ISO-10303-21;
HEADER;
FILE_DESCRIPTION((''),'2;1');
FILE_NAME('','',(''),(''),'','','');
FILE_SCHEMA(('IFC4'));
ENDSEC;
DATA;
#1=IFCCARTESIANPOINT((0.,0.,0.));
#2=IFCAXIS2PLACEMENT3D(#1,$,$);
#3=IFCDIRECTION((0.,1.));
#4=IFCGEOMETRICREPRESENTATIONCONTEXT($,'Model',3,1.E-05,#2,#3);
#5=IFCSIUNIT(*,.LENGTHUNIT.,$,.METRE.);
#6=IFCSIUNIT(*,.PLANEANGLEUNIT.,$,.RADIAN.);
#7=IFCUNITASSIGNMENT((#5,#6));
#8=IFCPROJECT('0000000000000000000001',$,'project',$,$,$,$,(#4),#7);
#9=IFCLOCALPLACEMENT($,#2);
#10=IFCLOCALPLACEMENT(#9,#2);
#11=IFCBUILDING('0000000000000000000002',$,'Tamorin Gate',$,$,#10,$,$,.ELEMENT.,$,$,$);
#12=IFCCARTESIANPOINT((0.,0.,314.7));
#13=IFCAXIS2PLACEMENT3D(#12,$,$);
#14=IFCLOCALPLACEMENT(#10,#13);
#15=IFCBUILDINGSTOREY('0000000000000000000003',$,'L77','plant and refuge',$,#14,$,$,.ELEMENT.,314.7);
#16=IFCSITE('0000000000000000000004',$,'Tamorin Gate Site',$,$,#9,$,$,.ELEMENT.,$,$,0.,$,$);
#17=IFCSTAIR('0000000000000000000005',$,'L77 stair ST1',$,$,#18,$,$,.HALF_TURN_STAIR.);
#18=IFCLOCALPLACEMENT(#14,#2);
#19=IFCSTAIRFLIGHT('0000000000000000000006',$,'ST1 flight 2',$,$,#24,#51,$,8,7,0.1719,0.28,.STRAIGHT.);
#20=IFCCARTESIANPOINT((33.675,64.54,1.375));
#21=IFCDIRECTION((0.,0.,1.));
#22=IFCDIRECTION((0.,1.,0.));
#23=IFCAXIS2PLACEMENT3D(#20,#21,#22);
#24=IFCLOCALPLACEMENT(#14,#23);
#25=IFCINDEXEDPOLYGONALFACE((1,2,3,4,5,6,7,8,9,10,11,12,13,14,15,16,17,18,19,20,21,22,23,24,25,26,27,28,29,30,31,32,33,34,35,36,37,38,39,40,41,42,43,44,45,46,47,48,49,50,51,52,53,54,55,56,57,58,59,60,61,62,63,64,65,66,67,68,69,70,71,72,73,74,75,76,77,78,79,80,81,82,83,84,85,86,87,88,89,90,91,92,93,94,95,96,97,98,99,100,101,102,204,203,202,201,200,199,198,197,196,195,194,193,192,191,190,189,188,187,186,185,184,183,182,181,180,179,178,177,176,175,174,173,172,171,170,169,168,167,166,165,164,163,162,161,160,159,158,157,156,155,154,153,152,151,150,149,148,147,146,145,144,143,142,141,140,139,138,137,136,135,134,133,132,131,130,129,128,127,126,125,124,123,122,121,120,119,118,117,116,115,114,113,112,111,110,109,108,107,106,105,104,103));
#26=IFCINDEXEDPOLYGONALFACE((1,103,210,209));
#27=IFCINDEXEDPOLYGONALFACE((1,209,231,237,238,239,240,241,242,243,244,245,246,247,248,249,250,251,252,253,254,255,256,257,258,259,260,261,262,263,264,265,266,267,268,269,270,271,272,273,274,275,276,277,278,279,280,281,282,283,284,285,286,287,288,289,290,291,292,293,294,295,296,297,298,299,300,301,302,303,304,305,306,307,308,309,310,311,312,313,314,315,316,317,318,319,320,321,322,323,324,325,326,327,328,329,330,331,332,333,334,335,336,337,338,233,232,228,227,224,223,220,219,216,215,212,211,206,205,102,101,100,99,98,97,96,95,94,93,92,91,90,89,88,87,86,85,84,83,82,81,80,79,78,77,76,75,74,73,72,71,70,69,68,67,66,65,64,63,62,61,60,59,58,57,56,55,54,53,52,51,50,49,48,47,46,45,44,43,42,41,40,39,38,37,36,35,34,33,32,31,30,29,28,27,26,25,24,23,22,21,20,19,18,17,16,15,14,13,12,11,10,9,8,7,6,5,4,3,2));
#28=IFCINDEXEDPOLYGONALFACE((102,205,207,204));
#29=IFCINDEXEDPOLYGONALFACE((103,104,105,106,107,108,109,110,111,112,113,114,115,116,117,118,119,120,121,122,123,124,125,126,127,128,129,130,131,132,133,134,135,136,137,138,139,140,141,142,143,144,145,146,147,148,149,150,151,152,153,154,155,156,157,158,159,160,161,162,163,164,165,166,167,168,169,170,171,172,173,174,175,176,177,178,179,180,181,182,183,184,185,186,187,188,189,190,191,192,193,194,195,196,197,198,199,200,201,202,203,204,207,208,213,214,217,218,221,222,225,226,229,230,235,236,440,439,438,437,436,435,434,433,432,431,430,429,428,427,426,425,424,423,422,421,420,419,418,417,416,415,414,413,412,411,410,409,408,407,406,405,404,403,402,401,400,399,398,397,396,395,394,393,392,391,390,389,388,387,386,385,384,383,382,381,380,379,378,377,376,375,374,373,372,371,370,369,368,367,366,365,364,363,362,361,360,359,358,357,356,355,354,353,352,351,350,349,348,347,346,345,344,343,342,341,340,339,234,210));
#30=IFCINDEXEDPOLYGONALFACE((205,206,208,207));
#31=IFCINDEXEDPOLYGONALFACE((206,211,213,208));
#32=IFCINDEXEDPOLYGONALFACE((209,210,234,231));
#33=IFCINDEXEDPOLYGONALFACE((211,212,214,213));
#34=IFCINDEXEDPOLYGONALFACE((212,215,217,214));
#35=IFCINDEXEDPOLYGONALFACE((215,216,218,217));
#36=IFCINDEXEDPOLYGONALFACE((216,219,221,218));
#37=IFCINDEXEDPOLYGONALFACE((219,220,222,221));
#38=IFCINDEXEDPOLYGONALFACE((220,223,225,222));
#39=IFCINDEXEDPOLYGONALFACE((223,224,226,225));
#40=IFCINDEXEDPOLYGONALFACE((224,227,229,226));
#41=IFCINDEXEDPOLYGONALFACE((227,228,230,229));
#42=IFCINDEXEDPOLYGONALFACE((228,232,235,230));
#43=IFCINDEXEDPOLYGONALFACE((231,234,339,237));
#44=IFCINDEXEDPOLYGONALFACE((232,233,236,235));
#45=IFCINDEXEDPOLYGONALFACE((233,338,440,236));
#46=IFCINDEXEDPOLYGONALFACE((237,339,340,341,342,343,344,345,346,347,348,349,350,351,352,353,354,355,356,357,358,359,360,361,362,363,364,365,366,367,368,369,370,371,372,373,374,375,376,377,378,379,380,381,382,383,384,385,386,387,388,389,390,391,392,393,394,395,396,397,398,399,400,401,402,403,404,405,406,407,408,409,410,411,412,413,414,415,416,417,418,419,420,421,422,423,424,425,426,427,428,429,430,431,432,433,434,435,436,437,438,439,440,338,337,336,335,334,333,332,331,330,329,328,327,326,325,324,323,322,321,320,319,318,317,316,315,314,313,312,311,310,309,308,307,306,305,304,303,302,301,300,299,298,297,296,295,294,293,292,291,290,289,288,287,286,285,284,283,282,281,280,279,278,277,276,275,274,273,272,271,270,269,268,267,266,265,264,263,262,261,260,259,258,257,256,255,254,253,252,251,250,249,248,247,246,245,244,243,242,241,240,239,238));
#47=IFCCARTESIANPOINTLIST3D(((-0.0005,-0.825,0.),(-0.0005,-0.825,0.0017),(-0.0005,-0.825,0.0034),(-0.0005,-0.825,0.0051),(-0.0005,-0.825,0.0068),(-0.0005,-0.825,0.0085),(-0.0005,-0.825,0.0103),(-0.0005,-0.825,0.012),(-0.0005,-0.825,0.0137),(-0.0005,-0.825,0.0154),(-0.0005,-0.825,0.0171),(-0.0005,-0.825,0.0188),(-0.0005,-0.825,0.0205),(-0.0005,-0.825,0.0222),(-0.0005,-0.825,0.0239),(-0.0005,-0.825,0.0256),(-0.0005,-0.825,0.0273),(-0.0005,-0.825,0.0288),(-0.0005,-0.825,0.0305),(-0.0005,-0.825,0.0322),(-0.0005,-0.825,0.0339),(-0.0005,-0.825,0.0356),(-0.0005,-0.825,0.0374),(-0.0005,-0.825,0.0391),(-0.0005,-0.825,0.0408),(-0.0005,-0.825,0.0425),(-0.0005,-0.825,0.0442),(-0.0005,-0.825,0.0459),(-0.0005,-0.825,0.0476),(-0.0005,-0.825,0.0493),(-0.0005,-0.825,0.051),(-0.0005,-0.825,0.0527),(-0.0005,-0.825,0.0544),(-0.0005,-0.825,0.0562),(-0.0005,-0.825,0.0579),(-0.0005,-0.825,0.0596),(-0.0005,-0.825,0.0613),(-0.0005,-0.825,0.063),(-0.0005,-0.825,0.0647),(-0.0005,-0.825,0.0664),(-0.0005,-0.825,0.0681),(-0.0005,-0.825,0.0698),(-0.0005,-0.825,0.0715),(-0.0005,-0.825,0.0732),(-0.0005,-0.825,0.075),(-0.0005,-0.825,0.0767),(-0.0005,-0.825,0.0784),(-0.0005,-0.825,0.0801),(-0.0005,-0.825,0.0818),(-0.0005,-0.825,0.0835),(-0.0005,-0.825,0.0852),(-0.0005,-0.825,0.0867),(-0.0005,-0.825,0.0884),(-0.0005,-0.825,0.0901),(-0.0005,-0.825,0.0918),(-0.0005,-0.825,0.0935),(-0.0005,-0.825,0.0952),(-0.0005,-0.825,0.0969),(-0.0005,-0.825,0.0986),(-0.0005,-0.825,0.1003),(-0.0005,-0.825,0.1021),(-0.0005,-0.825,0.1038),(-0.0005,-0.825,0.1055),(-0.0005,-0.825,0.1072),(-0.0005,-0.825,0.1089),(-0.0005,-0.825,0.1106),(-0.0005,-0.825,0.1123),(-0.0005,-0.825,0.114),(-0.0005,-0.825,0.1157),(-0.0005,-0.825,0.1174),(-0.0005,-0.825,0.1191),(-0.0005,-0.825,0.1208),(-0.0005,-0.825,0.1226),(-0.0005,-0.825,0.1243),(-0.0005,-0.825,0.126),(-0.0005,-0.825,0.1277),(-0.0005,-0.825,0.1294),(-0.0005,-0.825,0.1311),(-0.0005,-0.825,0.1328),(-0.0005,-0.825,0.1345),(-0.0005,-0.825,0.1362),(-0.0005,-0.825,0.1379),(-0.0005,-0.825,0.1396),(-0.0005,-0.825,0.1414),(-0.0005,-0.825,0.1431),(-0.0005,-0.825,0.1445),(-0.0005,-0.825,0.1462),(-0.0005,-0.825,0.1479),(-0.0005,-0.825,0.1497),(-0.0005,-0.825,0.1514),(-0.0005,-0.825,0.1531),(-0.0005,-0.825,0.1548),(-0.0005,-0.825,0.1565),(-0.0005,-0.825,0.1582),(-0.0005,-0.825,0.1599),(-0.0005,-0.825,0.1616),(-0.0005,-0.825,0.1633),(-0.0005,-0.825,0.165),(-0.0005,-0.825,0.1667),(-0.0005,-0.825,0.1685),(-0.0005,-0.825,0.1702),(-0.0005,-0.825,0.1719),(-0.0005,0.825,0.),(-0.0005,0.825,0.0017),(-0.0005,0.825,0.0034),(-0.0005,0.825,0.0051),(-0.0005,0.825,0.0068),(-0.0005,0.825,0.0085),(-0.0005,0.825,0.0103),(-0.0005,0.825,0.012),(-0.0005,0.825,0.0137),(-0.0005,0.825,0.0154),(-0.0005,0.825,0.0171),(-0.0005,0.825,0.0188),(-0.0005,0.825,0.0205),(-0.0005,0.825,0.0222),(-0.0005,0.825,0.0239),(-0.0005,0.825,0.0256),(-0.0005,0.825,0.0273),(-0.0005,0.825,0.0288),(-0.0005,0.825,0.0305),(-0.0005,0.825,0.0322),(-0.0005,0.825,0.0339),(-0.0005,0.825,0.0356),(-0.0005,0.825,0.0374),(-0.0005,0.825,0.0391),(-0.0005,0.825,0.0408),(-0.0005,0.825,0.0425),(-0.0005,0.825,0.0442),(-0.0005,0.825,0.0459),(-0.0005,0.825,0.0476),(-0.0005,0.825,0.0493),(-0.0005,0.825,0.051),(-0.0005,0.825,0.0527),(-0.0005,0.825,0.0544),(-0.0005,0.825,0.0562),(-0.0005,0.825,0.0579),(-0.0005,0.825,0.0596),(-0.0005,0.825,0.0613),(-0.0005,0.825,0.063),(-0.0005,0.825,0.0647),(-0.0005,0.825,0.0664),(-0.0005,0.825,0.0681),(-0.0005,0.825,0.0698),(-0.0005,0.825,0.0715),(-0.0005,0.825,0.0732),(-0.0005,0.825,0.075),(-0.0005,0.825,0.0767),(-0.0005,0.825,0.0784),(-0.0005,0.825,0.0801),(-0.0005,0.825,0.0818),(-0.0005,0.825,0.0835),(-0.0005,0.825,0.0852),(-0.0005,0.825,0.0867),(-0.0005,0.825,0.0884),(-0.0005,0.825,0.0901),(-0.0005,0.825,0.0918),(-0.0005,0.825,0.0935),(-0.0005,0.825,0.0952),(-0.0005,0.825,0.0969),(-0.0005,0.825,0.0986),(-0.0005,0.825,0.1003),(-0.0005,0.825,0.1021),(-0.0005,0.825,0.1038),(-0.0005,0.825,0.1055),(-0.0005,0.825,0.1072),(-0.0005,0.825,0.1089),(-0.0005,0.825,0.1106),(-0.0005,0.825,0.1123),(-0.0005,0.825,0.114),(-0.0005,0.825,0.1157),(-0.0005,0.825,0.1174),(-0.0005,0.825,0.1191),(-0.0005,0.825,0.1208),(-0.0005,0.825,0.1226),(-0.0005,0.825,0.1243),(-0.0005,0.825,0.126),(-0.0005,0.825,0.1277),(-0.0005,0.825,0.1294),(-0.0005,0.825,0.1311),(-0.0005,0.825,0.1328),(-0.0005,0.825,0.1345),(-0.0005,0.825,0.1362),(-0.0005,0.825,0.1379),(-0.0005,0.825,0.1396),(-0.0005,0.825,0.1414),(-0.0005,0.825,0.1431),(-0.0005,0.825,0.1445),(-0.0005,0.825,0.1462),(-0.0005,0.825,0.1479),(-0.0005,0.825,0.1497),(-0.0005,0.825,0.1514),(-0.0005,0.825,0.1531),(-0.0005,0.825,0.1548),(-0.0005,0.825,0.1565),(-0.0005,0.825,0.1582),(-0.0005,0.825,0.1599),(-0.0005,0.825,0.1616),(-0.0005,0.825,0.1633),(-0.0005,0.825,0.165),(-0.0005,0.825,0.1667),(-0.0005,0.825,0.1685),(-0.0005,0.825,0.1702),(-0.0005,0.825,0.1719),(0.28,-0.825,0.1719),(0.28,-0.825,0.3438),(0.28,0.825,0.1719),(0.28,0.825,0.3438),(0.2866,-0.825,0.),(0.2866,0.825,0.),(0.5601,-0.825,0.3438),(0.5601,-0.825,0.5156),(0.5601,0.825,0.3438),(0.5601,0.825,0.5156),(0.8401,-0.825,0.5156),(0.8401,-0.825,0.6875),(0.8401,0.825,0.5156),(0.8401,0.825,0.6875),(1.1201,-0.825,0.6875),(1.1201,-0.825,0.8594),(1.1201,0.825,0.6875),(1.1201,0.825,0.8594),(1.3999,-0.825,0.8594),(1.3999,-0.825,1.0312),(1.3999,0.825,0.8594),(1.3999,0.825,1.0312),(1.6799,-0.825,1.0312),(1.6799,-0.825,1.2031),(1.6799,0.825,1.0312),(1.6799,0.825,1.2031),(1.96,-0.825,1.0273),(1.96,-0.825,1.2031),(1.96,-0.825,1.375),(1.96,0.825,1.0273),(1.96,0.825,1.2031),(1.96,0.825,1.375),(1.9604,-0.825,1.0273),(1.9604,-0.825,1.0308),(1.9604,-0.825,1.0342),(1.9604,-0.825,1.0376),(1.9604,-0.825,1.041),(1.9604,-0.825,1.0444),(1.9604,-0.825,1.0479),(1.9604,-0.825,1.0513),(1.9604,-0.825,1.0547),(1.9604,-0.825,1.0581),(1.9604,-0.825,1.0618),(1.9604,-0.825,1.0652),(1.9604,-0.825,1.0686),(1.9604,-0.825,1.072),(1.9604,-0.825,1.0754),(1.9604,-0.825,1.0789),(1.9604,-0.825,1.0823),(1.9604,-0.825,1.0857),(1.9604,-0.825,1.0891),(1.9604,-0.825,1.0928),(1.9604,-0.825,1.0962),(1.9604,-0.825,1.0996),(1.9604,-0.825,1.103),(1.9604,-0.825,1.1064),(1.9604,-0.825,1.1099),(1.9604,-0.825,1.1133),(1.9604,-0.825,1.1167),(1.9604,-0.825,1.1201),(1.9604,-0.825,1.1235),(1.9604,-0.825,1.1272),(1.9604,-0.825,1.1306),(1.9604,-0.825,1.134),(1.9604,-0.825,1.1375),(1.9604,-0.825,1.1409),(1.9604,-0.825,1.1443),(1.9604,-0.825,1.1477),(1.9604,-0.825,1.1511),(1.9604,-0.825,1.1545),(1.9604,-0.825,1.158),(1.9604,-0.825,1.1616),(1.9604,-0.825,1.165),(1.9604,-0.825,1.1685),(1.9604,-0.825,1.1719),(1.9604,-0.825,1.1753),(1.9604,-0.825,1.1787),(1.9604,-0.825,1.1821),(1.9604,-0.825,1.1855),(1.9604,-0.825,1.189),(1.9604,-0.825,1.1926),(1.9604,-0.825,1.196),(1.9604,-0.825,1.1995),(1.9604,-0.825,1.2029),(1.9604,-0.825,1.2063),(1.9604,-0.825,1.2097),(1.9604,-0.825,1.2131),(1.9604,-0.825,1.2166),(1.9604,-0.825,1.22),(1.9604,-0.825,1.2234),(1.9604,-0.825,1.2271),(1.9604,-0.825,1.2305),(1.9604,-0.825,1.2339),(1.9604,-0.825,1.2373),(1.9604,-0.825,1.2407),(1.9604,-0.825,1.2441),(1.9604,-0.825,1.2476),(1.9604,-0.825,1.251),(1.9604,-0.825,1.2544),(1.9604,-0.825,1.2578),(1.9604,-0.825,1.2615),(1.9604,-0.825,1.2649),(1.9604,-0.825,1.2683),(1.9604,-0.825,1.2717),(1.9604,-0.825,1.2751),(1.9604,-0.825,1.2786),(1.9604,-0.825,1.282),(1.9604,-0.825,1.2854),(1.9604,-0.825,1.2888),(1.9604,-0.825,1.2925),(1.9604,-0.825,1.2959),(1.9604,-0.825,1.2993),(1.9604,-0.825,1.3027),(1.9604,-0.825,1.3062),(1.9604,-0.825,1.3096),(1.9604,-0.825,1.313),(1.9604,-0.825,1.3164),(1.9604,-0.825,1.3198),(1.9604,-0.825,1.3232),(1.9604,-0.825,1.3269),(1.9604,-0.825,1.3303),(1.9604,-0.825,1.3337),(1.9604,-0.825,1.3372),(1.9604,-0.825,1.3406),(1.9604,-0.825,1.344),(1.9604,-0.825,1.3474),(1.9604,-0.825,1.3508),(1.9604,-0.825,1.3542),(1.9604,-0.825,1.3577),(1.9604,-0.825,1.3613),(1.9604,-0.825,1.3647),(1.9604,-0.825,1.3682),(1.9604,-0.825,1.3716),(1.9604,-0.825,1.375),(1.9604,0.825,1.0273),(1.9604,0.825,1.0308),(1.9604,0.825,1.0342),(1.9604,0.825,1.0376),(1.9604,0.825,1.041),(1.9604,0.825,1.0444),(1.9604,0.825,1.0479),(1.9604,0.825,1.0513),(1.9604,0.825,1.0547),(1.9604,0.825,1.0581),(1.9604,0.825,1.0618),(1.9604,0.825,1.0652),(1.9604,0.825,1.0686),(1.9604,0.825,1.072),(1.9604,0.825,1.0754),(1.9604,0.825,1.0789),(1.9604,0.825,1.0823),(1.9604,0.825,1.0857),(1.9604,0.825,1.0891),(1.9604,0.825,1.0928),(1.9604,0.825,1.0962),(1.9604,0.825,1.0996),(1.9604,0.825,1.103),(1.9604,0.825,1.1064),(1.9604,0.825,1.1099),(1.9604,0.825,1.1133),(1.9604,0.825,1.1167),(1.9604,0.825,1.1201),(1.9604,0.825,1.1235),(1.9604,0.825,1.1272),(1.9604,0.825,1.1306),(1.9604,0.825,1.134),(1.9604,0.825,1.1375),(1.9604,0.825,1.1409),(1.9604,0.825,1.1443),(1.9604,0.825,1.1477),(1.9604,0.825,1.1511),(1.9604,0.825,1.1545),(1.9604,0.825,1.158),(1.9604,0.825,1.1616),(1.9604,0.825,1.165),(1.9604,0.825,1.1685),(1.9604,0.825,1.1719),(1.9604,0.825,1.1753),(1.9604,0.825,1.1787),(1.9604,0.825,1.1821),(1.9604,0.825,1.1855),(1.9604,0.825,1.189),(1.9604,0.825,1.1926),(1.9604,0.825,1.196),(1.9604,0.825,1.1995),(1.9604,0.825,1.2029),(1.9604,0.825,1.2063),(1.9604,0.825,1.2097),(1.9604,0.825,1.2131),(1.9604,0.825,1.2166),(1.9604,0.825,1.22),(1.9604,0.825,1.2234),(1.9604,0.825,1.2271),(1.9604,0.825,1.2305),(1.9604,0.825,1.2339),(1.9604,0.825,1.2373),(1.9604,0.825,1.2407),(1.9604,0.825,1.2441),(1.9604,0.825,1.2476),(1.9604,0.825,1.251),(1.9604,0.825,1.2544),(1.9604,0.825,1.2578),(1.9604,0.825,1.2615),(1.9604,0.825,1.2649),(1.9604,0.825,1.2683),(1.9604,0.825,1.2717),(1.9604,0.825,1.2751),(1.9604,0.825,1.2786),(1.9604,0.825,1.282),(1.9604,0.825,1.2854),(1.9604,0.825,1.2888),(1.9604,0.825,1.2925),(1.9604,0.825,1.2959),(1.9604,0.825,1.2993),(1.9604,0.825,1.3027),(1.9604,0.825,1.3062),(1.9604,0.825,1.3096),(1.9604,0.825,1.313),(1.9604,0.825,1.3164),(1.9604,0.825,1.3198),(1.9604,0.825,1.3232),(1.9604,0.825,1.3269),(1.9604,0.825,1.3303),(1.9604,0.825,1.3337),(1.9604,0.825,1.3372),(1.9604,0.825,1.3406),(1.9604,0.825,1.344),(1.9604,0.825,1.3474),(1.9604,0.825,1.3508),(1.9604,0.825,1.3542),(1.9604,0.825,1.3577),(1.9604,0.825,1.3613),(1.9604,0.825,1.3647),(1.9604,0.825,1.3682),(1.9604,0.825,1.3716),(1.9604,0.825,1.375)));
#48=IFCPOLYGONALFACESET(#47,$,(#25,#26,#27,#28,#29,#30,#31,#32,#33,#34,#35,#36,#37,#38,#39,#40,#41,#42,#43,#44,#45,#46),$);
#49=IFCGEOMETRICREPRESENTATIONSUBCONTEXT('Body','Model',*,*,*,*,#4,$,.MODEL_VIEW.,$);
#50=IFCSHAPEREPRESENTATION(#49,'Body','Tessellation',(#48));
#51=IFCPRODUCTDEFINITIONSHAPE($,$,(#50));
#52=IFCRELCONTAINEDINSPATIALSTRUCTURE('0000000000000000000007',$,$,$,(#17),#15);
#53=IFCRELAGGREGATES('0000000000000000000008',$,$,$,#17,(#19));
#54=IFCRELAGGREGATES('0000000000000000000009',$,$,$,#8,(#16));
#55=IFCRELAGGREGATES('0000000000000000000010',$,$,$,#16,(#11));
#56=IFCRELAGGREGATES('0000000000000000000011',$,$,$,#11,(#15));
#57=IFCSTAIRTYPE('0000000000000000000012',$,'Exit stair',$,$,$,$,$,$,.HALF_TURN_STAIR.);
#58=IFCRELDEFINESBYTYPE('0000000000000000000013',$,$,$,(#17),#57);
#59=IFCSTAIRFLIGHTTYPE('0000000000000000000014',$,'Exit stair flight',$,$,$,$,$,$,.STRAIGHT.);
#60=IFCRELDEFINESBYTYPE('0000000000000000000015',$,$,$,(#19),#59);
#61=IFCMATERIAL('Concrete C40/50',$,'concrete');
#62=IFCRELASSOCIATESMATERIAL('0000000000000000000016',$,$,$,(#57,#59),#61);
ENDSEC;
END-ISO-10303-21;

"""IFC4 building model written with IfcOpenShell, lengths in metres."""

from ifc_helpers import new_model, si_unit, direction, frame, origin, place, context, subcontext, project, spatial, polyline, outline, extrude, material, type_object, element, aggregate, save


model = new_model("IFC4")

# Units and contexts
model_context = context("Model", 3, precision=1e-05, world=origin(), true_north=direction((0.0, 1.0)))
body_context = subcontext(model_context, "Body", "Model", "MODEL_VIEW")
ifc_project = project(units=[si_unit("LENGTHUNIT", "METRE"), si_unit("PLANEANGLEUNIT", "RADIAN")], contexts=[model_context])

# Site, building, storey
site_placement = place(None, origin())
site = spatial("IfcSite", under=ifc_project, at=site_placement, Name="Tamorin Gate Site", CompositionType="ELEMENT", RefElevation=0.0)
building_placement = place(site_placement, origin())
building = spatial("IfcBuilding", under=site, at=building_placement, Name="Tamorin Gate", CompositionType="ELEMENT")
storey_placement = place(building_placement, frame((0.0, 0.0, 314.7)))
storey = spatial("IfcBuildingStorey", under=building, at=storey_placement, Name="L77", Description="plant and refuge", CompositionType="ELEMENT", Elevation=314.7)

# Stair, stair flight
ifc_material_1 = material(Name="Concrete C40/50", Category="concrete")
stair_type = type_object("IfcStairType", Name="Exit stair", PredefinedType="HALF_TURN_STAIR", material=ifc_material_1)
stair_placement = place(storey_placement, origin())
stair = element("IfcStair", 1, at=stair_placement, inside=storey, type_object=stair_type, Name="L77 stair ST1", PredefinedType="HALF_TURN_STAIR")
stair_flight_type = type_object("IfcStairFlightType", Name="Exit stair flight", PredefinedType="STRAIGHT", material=ifc_material_1)
stair_flight_1_placement = place(storey_placement, frame((33.675, 64.54, 1.375), z_axis=(0.0, 0.0, 1.0), x_axis=(0.0, 1.0, 0.0)))
stair_flight_1 = element("IfcStairFlight", 2, at=stair_flight_1_placement, type_object=stair_flight_type, Name="ST1 flight 2", NumberOfRisers=8, NumberOfTreads=7, PredefinedType="STRAIGHT", RiserHeight=0.1719, TreadLength=0.28, context=body_context, shape_type="SweptSolid", body=[
    extrude(outline(polyline([(-0.0005, 0.0), (-0.0005, 0.0017), (-0.0005, 0.0034), (-0.0005, 0.0051), (-0.0005, 0.0068), (-0.0005, 0.0085), (-0.0005, 0.0103), (-0.0005, 0.012), (-0.0005, 0.0137), (-0.0005, 0.0154), (-0.0005, 0.0171), (-0.0005, 0.0188), (-0.0005, 0.0205), (-0.0005, 0.0222), (-0.0005, 0.0239), (-0.0005, 0.0256), (-0.0005, 0.0273), (-0.0005, 0.0288), (-0.0005, 0.0305), (-0.0005, 0.0322), (-0.0005, 0.0339), (-0.0005, 0.0356), (-0.0005, 0.0374), (-0.0005, 0.0391), (-0.0005, 0.0408), (-0.0005, 0.0425), (-0.0005, 0.0442), (-0.0005, 0.0459), (-0.0005, 0.0476), (-0.0005, 0.0493), (-0.0005, 0.051), (-0.0005, 0.0527), (-0.0005, 0.0544), (-0.0005, 0.0562), (-0.0005, 0.0579), (-0.0005, 0.0596), (-0.0005, 0.0613), (-0.0005, 0.063), (-0.0005, 0.0647), (-0.0005, 0.0664), (-0.0005, 0.0681), (-0.0005, 0.0698), (-0.0005, 0.0715), (-0.0005, 0.0732), (-0.0005, 0.075), (-0.0005, 0.0767), (-0.0005, 0.0784), (-0.0005, 0.0801), (-0.0005, 0.0818), (-0.0005, 0.0835), (-0.0005, 0.0852), (-0.0005, 0.0867), (-0.0005, 0.0884), (-0.0005, 0.0901), (-0.0005, 0.0918), (-0.0005, 0.0935), (-0.0005, 0.0952), (-0.0005, 0.0969), (-0.0005, 0.0986), (-0.0005, 0.1003), (-0.0005, 0.1021), (-0.0005, 0.1038), (-0.0005, 0.1055), (-0.0005, 0.1072), (-0.0005, 0.1089), (-0.0005, 0.1106), (-0.0005, 0.1123), (-0.0005, 0.114), (-0.0005, 0.1157), (-0.0005, 0.1174), (-0.0005, 0.1191), (-0.0005, 0.1208), (-0.0005, 0.1226), (-0.0005, 0.1243), (-0.0005, 0.126), (-0.0005, 0.1277), (-0.0005, 0.1294), (-0.0005, 0.1311), (-0.0005, 0.1328), (-0.0005, 0.1345), (-0.0005, 0.1362), (-0.0005, 0.1379), (-0.0005, 0.1396), (-0.0005, 0.1414), (-0.0005, 0.1431), (-0.0005, 0.1445), (-0.0005, 0.1462), (-0.0005, 0.1479), (-0.0005, 0.1497), (-0.0005, 0.1514), (-0.0005, 0.1531), (-0.0005, 0.1548), (-0.0005, 0.1565), (-0.0005, 0.1582), (-0.0005, 0.1599), (-0.0005, 0.1616), (-0.0005, 0.1633), (-0.0005, 0.165), (-0.0005, 0.1667), (-0.0005, 0.1685), (-0.0005, 0.1702), (-0.0005, 0.1719), (0.28, 0.1719), (0.28, 0.3438), (0.5601, 0.3438), (0.5601, 0.5156), (0.8401, 0.5156), (0.8401, 0.6875), (1.1201, 0.6875), (1.1201, 0.8594), (1.3999, 0.8594), (1.3999, 1.0312), (1.6799, 1.0312), (1.6799, 1.2031), (1.96, 1.2031), (1.96, 1.375), (1.9604, 1.375), (1.9604, 1.3716), (1.9604, 1.3682), (1.9604, 1.3647), (1.9604, 1.3613), (1.9604, 1.3577), (1.9604, 1.3542), (1.9604, 1.3508), (1.9604, 1.3474), (1.9604, 1.344), (1.9604, 1.3406), (1.9604, 1.3372), (1.9604, 1.3337), (1.9604, 1.3303), (1.9604, 1.3269), (1.9604, 1.3232), (1.9604, 1.3198), (1.9604, 1.3164), (1.9604, 1.313), (1.9604, 1.3096), (1.9604, 1.3062), (1.9604, 1.3027), (1.9604, 1.2993), (1.9604, 1.2959), (1.9604, 1.2925), (1.9604, 1.2888), (1.9604, 1.2854), (1.9604, 1.282), (1.9604, 1.2786), (1.9604, 1.2751), (1.9604, 1.2717), (1.9604, 1.2683), (1.9604, 1.2649), (1.9604, 1.2615), (1.9604, 1.2578), (1.9604, 1.2544), (1.9604, 1.251), (1.9604, 1.2476), (1.9604, 1.2441), (1.9604, 1.2407), (1.9604, 1.2373), (1.9604, 1.2339), (1.9604, 1.2305), (1.9604, 1.2271), (1.9604, 1.2234), (1.9604, 1.22), (1.9604, 1.2166), (1.9604, 1.2131), (1.9604, 1.2097), (1.9604, 1.2063), (1.9604, 1.2029), (1.9604, 1.1995), (1.9604, 1.196), (1.9604, 1.1926), (1.9604, 1.189), (1.9604, 1.1855), (1.9604, 1.1821), (1.9604, 1.1787), (1.9604, 1.1753), (1.9604, 1.1719), (1.9604, 1.1685), (1.9604, 1.165), (1.9604, 1.1616), (1.9604, 1.158), (1.9604, 1.1545), (1.9604, 1.1511), (1.9604, 1.1477), (1.9604, 1.1443), (1.9604, 1.1409), (1.9604, 1.1375), (1.9604, 1.134), (1.9604, 1.1306), (1.9604, 1.1272), (1.9604, 1.1235), (1.9604, 1.1201), (1.9604, 1.1167), (1.9604, 1.1133), (1.9604, 1.1099), (1.9604, 1.1064), (1.9604, 1.103), (1.9604, 1.0996), (1.9604, 1.0962), (1.9604, 1.0928), (1.9604, 1.0891), (1.9604, 1.0857), (1.9604, 1.0823), (1.9604, 1.0789), (1.9604, 1.0754), (1.9604, 1.072), (1.9604, 1.0686), (1.9604, 1.0652), (1.9604, 1.0618), (1.9604, 1.0581), (1.9604, 1.0547), (1.9604, 1.0513), (1.9604, 1.0479), (1.9604, 1.0444), (1.9604, 1.041), (1.9604, 1.0376), (1.9604, 1.0342), (1.9604, 1.0308), (1.9604, 1.0273), (1.96, 1.0273), (0.2866, 0.0), (-0.0005, 0.0)])), frame((0.0, 0.825, 0.0), z_axis=(0.0, -1.0, 0.0), x_axis=(1.0, 0.0, 0.0)), (0.0, 0.0, 1.0), 1.6499),
])
aggregate(stair, [stair_flight_1])

save(model, "model.ifc")
